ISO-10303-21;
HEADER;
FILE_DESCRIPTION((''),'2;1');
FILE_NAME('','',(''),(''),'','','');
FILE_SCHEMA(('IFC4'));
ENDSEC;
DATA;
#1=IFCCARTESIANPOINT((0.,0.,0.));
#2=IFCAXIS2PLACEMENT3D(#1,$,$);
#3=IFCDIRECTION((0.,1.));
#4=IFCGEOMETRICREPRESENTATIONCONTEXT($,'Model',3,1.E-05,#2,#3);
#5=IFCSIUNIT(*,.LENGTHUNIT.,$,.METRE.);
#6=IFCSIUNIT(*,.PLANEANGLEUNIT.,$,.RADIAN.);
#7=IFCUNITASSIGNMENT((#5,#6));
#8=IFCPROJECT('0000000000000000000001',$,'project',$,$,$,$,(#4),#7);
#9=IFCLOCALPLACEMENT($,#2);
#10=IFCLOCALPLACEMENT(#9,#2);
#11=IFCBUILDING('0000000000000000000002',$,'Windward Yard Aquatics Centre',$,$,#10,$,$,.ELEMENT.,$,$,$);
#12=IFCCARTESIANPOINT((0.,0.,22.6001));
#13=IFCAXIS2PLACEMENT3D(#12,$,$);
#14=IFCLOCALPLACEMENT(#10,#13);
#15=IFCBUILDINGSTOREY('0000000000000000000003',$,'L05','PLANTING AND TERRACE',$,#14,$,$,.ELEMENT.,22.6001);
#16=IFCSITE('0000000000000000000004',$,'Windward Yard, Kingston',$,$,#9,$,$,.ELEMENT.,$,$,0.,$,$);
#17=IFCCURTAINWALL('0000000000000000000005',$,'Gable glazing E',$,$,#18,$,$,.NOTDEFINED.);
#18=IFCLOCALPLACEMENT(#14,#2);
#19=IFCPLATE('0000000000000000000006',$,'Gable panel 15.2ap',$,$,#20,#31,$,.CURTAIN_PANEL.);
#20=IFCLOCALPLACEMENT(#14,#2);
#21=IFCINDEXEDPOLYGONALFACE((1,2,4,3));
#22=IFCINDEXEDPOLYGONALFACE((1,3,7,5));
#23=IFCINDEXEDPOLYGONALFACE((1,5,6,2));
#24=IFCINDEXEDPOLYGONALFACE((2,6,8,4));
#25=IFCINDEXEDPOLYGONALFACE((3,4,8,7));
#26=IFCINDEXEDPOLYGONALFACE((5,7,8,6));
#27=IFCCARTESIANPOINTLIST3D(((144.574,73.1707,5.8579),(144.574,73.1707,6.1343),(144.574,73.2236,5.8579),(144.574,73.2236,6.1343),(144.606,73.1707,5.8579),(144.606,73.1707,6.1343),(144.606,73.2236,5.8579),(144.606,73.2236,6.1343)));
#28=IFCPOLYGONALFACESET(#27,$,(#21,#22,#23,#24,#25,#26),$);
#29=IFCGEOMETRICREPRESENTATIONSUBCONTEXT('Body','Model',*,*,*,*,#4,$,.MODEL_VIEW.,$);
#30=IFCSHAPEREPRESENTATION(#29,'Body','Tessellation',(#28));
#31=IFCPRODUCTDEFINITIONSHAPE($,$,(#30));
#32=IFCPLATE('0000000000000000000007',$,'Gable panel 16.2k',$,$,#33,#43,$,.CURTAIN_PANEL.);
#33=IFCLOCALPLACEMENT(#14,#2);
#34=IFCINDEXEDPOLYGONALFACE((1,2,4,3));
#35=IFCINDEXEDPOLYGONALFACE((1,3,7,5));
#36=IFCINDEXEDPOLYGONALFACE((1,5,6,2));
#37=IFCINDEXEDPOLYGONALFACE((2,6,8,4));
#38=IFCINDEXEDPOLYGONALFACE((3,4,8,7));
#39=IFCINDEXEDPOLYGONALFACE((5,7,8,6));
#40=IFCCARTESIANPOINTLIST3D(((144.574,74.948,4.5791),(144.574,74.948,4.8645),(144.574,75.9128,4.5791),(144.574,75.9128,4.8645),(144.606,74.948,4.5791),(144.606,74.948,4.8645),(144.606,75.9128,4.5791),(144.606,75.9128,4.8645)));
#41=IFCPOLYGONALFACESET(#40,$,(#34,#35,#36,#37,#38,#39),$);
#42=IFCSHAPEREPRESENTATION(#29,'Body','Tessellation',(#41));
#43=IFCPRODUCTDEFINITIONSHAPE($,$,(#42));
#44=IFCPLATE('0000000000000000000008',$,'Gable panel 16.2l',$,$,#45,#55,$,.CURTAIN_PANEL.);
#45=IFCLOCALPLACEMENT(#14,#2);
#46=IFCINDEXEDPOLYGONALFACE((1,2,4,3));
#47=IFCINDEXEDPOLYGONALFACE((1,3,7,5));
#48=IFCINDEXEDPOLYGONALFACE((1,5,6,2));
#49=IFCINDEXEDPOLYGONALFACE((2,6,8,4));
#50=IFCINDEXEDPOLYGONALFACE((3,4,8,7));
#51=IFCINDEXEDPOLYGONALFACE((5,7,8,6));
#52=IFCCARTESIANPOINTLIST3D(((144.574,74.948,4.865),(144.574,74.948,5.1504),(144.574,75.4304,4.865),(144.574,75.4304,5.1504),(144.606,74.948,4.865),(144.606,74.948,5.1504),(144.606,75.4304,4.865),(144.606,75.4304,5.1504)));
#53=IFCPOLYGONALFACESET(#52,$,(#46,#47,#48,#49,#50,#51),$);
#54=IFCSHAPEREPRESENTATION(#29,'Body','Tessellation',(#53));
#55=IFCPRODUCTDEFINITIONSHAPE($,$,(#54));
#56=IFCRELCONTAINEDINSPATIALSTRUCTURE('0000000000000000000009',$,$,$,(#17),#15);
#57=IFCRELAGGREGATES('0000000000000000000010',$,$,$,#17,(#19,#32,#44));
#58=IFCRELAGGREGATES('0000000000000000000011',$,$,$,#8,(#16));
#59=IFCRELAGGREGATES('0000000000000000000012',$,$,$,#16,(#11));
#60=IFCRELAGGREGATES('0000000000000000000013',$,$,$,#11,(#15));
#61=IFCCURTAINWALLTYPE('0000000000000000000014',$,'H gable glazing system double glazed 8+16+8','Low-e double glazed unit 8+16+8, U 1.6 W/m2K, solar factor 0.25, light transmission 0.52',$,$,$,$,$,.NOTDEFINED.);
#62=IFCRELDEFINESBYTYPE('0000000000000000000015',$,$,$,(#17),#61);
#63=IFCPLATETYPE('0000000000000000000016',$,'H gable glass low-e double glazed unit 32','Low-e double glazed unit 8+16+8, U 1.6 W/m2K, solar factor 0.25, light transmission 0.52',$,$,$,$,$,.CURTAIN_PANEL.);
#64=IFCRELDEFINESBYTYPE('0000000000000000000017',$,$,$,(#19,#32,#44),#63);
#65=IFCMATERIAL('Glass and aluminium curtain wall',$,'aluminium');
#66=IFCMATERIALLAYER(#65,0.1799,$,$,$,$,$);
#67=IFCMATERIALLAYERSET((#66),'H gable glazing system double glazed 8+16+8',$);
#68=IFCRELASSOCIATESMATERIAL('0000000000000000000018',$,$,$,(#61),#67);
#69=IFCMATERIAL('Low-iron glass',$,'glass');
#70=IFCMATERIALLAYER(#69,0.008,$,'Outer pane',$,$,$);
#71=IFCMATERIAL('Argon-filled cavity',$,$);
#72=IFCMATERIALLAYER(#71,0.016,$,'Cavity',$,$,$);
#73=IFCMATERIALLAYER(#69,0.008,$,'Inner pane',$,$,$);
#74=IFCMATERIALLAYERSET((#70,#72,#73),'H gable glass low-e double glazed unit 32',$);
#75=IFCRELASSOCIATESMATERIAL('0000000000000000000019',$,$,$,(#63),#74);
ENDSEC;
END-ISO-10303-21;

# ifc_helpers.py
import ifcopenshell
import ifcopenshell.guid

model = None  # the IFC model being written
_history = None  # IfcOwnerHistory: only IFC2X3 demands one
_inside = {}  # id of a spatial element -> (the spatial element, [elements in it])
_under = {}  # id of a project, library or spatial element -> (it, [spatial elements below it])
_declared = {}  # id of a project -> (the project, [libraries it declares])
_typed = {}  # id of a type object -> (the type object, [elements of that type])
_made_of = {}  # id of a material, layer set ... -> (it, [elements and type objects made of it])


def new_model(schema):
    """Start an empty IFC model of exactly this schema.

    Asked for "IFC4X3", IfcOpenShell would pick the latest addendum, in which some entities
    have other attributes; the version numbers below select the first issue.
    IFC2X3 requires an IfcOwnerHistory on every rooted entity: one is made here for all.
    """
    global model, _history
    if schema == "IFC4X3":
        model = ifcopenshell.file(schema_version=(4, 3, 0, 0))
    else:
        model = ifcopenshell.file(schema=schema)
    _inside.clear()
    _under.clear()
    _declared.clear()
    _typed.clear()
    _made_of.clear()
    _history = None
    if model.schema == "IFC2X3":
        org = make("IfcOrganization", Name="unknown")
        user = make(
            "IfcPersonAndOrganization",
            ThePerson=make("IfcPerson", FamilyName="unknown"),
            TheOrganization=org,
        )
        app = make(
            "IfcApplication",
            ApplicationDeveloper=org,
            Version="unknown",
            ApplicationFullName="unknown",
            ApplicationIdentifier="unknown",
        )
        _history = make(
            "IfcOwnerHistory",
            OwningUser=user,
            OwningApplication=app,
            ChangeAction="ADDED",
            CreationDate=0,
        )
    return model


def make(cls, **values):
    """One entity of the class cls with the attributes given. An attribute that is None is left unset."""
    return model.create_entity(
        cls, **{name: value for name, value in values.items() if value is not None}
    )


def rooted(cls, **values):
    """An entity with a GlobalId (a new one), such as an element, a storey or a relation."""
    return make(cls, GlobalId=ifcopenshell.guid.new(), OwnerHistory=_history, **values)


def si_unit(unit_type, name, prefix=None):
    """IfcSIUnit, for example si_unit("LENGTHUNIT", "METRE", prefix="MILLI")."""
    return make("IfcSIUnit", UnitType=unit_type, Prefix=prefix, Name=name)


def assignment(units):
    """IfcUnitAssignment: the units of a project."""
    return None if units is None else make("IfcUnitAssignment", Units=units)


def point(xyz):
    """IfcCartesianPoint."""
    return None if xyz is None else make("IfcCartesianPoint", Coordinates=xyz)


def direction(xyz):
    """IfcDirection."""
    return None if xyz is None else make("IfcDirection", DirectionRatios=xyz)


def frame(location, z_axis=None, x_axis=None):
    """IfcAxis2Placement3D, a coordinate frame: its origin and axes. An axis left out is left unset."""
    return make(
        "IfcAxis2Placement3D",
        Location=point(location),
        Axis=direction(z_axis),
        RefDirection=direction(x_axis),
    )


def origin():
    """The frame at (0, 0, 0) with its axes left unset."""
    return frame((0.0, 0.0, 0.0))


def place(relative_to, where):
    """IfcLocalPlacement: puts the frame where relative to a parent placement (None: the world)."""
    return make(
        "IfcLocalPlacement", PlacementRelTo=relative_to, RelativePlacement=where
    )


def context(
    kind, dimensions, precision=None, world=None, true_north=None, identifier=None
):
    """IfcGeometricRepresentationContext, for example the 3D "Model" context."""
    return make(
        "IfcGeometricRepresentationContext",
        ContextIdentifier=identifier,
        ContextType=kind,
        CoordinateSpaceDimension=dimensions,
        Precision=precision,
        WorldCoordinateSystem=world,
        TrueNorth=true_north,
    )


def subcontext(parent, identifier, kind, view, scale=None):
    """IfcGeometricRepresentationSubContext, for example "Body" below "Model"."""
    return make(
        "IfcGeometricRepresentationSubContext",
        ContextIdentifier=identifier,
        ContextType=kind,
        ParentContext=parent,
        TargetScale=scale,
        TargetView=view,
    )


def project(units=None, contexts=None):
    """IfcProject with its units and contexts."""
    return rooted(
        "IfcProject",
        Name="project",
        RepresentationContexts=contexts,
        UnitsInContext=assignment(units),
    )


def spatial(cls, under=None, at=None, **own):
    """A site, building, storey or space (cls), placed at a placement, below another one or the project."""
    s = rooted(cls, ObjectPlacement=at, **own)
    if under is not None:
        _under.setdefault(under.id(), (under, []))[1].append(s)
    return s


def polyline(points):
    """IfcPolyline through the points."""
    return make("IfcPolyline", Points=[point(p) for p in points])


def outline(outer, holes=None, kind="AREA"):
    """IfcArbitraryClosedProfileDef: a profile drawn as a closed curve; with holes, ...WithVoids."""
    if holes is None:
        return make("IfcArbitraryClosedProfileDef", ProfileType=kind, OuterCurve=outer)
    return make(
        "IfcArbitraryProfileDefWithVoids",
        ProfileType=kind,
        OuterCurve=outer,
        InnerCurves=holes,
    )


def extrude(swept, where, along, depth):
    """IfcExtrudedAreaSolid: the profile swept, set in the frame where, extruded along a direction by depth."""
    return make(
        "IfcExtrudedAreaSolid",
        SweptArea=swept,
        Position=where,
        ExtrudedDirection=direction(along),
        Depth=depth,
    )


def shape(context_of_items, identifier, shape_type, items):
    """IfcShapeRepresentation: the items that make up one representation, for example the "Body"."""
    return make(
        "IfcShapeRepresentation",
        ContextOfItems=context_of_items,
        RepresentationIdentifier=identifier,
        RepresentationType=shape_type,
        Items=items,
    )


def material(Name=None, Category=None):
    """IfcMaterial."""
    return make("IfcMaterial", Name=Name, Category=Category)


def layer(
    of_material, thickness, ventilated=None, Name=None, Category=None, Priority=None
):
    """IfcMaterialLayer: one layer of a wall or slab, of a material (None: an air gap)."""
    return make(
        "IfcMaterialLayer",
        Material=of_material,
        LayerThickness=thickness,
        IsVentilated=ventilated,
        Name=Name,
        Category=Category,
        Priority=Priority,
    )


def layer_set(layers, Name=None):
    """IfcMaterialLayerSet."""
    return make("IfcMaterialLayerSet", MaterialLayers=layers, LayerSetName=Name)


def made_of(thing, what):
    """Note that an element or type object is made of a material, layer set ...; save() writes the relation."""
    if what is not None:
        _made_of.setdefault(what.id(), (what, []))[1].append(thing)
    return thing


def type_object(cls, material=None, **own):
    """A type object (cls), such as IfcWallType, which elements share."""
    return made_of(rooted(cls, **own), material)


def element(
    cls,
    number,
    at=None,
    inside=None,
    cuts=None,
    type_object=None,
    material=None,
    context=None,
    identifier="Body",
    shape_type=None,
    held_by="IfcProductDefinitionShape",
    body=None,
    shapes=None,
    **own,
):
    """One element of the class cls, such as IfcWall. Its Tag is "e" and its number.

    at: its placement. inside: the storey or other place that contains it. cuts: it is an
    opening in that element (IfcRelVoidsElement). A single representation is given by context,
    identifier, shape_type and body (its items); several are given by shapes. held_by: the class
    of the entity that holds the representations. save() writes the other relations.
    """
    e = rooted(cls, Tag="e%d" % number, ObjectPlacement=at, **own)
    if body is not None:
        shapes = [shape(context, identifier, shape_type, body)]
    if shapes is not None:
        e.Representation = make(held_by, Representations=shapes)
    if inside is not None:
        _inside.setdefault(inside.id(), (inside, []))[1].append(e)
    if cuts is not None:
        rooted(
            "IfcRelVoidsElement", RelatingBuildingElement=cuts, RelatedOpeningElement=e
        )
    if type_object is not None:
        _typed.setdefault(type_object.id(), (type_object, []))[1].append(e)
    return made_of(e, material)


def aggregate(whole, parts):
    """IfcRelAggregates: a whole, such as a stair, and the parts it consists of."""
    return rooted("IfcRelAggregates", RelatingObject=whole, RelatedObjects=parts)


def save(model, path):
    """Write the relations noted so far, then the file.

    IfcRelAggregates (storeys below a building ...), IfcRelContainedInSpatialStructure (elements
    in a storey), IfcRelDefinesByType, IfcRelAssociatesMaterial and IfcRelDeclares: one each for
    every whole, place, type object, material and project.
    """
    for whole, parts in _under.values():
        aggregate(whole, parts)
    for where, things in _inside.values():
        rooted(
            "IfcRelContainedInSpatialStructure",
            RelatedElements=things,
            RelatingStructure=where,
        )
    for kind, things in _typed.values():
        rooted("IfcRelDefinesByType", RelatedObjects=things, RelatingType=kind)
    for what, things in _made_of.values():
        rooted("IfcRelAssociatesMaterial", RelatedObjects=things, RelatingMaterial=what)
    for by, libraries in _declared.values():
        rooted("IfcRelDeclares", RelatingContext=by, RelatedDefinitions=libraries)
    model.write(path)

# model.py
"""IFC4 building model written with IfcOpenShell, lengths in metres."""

from ifc_helpers import new_model, si_unit, direction, frame, origin, place, context, subcontext, project, spatial, polyline, outline, extrude, material, layer, layer_set, type_object, element, aggregate, save


model = new_model("IFC4")

# Units and contexts
model_context = context("Model", 3, precision=1e-05, world=origin(), true_north=direction((0.0, 1.0)))
body_context = subcontext(model_context, "Body", "Model", "MODEL_VIEW")
ifc_project = project(units=[si_unit("LENGTHUNIT", "METRE"), si_unit("PLANEANGLEUNIT", "RADIAN")], contexts=[model_context])

# Site, building, storey
site_placement = place(None, origin())
site = spatial("IfcSite", under=ifc_project, at=site_placement, Name="Windward Yard, Kingston", CompositionType="ELEMENT", RefElevation=0.0)
building_placement = place(site_placement, origin())
building = spatial("IfcBuilding", under=site, at=building_placement, Name="Windward Yard Aquatics Centre", CompositionType="ELEMENT")
storey_placement = place(building_placement, frame((0.0, 0.0, 22.6001)))
storey = spatial("IfcBuildingStorey", under=building, at=storey_placement, Name="L05", Description="PLANTING AND TERRACE", CompositionType="ELEMENT", Elevation=22.6001)

# Curtain wall, plates
ifc_material_1 = material(Name="Glass and aluminium curtain wall", Category="aluminium")
ifc_layer_1 = layer(ifc_material_1, 0.1799)
ifc_layer_set_1 = layer_set([ifc_layer_1], Name="H gable glazing system double glazed 8+16+8")
curtain_wall_type = type_object("IfcCurtainWallType", Name="H gable glazing system double glazed 8+16+8", Description="Low-e double glazed unit 8+16+8, U 1.6 W/m2K, solar factor 0.25, light transmission 0.52", PredefinedType="NOTDEFINED", material=ifc_layer_set_1)
curtain_wall_placement = place(storey_placement, origin())
curtain_wall = element("IfcCurtainWall", 1, at=curtain_wall_placement, inside=storey, type_object=curtain_wall_type, Name="Gable glazing E", PredefinedType="NOTDEFINED")
ifc_material_2 = material(Name="Low-iron glass", Category="glass")
ifc_layer_2 = layer(ifc_material_2, 0.008, Name="Outer pane")
ifc_material_3 = material(Name="Argon-filled cavity")
ifc_layer_3 = layer(ifc_material_3, 0.016, Name="Cavity")
ifc_layer_4 = layer(ifc_material_2, 0.008, Name="Inner pane")
ifc_layer_set_2 = layer_set([ifc_layer_2, ifc_layer_3, ifc_layer_4], Name="H gable glass low-e double glazed unit 32")
plate_type = type_object("IfcPlateType", Name="H gable glass low-e double glazed unit 32", Description="Low-e double glazed unit 8+16+8, U 1.6 W/m2K, solar factor 0.25, light transmission 0.52", PredefinedType="CURTAIN_PANEL", material=ifc_layer_set_2)
plate_1_placement = place(storey_placement, frame((144.606, 73.1707, 5.8579), z_axis=(1.0, 0.0, 0.0), x_axis=(0.0, 1.0, 0.0)))
plate_1 = element("IfcPlate", 2, at=plate_1_placement, type_object=plate_type, Name="Gable panel 15.2ap", PredefinedType="CURTAIN_PANEL", context=body_context, shape_type="SweptSolid", body=[
    extrude(outline(polyline([(0.0, 0.0), (0.053, 0.0), (0.053, 0.2764), (0.0, 0.2764), (0.0, 0.0)])), origin(), (0.0, 0.0, -1.0), 0.032),
])
plate_2_placement = place(storey_placement, frame((144.606, 74.948, 4.5791), z_axis=(1.0, 0.0, 0.0), x_axis=(0.0, 1.0, 0.0)))
plate_2 = element("IfcPlate", 3, at=plate_2_placement, type_object=plate_type, Name="Gable panel 16.2k", PredefinedType="CURTAIN_PANEL", context=body_context, shape_type="SweptSolid", body=[
    extrude(outline(polyline([(0.0, 0.0), (0.9648, 0.0), (0.9648, 0.2854), (0.0, 0.2854), (0.0, 0.0)])), origin(), (0.0, 0.0, -1.0), 0.032),
])
plate_3_placement = place(storey_placement, frame((144.606, 74.948, 4.865), z_axis=(1.0, 0.0, 0.0), x_axis=(0.0, 1.0, 0.0)))
plate_3 = element("IfcPlate", 4, at=plate_3_placement, type_object=plate_type, Name="Gable panel 16.2l", PredefinedType="CURTAIN_PANEL", context=body_context, shape_type="SweptSolid", body=[
    extrude(outline(polyline([(0.0, 0.0), (0.4824, 0.0), (0.4824, 0.2854), (0.0, 0.2854), (0.0, 0.0)])), origin(), (0.0, 0.0, -1.0), 0.032),
])
aggregate(curtain_wall, [plate_1, plate_2, plate_3])

save(model, "model.ifc")
